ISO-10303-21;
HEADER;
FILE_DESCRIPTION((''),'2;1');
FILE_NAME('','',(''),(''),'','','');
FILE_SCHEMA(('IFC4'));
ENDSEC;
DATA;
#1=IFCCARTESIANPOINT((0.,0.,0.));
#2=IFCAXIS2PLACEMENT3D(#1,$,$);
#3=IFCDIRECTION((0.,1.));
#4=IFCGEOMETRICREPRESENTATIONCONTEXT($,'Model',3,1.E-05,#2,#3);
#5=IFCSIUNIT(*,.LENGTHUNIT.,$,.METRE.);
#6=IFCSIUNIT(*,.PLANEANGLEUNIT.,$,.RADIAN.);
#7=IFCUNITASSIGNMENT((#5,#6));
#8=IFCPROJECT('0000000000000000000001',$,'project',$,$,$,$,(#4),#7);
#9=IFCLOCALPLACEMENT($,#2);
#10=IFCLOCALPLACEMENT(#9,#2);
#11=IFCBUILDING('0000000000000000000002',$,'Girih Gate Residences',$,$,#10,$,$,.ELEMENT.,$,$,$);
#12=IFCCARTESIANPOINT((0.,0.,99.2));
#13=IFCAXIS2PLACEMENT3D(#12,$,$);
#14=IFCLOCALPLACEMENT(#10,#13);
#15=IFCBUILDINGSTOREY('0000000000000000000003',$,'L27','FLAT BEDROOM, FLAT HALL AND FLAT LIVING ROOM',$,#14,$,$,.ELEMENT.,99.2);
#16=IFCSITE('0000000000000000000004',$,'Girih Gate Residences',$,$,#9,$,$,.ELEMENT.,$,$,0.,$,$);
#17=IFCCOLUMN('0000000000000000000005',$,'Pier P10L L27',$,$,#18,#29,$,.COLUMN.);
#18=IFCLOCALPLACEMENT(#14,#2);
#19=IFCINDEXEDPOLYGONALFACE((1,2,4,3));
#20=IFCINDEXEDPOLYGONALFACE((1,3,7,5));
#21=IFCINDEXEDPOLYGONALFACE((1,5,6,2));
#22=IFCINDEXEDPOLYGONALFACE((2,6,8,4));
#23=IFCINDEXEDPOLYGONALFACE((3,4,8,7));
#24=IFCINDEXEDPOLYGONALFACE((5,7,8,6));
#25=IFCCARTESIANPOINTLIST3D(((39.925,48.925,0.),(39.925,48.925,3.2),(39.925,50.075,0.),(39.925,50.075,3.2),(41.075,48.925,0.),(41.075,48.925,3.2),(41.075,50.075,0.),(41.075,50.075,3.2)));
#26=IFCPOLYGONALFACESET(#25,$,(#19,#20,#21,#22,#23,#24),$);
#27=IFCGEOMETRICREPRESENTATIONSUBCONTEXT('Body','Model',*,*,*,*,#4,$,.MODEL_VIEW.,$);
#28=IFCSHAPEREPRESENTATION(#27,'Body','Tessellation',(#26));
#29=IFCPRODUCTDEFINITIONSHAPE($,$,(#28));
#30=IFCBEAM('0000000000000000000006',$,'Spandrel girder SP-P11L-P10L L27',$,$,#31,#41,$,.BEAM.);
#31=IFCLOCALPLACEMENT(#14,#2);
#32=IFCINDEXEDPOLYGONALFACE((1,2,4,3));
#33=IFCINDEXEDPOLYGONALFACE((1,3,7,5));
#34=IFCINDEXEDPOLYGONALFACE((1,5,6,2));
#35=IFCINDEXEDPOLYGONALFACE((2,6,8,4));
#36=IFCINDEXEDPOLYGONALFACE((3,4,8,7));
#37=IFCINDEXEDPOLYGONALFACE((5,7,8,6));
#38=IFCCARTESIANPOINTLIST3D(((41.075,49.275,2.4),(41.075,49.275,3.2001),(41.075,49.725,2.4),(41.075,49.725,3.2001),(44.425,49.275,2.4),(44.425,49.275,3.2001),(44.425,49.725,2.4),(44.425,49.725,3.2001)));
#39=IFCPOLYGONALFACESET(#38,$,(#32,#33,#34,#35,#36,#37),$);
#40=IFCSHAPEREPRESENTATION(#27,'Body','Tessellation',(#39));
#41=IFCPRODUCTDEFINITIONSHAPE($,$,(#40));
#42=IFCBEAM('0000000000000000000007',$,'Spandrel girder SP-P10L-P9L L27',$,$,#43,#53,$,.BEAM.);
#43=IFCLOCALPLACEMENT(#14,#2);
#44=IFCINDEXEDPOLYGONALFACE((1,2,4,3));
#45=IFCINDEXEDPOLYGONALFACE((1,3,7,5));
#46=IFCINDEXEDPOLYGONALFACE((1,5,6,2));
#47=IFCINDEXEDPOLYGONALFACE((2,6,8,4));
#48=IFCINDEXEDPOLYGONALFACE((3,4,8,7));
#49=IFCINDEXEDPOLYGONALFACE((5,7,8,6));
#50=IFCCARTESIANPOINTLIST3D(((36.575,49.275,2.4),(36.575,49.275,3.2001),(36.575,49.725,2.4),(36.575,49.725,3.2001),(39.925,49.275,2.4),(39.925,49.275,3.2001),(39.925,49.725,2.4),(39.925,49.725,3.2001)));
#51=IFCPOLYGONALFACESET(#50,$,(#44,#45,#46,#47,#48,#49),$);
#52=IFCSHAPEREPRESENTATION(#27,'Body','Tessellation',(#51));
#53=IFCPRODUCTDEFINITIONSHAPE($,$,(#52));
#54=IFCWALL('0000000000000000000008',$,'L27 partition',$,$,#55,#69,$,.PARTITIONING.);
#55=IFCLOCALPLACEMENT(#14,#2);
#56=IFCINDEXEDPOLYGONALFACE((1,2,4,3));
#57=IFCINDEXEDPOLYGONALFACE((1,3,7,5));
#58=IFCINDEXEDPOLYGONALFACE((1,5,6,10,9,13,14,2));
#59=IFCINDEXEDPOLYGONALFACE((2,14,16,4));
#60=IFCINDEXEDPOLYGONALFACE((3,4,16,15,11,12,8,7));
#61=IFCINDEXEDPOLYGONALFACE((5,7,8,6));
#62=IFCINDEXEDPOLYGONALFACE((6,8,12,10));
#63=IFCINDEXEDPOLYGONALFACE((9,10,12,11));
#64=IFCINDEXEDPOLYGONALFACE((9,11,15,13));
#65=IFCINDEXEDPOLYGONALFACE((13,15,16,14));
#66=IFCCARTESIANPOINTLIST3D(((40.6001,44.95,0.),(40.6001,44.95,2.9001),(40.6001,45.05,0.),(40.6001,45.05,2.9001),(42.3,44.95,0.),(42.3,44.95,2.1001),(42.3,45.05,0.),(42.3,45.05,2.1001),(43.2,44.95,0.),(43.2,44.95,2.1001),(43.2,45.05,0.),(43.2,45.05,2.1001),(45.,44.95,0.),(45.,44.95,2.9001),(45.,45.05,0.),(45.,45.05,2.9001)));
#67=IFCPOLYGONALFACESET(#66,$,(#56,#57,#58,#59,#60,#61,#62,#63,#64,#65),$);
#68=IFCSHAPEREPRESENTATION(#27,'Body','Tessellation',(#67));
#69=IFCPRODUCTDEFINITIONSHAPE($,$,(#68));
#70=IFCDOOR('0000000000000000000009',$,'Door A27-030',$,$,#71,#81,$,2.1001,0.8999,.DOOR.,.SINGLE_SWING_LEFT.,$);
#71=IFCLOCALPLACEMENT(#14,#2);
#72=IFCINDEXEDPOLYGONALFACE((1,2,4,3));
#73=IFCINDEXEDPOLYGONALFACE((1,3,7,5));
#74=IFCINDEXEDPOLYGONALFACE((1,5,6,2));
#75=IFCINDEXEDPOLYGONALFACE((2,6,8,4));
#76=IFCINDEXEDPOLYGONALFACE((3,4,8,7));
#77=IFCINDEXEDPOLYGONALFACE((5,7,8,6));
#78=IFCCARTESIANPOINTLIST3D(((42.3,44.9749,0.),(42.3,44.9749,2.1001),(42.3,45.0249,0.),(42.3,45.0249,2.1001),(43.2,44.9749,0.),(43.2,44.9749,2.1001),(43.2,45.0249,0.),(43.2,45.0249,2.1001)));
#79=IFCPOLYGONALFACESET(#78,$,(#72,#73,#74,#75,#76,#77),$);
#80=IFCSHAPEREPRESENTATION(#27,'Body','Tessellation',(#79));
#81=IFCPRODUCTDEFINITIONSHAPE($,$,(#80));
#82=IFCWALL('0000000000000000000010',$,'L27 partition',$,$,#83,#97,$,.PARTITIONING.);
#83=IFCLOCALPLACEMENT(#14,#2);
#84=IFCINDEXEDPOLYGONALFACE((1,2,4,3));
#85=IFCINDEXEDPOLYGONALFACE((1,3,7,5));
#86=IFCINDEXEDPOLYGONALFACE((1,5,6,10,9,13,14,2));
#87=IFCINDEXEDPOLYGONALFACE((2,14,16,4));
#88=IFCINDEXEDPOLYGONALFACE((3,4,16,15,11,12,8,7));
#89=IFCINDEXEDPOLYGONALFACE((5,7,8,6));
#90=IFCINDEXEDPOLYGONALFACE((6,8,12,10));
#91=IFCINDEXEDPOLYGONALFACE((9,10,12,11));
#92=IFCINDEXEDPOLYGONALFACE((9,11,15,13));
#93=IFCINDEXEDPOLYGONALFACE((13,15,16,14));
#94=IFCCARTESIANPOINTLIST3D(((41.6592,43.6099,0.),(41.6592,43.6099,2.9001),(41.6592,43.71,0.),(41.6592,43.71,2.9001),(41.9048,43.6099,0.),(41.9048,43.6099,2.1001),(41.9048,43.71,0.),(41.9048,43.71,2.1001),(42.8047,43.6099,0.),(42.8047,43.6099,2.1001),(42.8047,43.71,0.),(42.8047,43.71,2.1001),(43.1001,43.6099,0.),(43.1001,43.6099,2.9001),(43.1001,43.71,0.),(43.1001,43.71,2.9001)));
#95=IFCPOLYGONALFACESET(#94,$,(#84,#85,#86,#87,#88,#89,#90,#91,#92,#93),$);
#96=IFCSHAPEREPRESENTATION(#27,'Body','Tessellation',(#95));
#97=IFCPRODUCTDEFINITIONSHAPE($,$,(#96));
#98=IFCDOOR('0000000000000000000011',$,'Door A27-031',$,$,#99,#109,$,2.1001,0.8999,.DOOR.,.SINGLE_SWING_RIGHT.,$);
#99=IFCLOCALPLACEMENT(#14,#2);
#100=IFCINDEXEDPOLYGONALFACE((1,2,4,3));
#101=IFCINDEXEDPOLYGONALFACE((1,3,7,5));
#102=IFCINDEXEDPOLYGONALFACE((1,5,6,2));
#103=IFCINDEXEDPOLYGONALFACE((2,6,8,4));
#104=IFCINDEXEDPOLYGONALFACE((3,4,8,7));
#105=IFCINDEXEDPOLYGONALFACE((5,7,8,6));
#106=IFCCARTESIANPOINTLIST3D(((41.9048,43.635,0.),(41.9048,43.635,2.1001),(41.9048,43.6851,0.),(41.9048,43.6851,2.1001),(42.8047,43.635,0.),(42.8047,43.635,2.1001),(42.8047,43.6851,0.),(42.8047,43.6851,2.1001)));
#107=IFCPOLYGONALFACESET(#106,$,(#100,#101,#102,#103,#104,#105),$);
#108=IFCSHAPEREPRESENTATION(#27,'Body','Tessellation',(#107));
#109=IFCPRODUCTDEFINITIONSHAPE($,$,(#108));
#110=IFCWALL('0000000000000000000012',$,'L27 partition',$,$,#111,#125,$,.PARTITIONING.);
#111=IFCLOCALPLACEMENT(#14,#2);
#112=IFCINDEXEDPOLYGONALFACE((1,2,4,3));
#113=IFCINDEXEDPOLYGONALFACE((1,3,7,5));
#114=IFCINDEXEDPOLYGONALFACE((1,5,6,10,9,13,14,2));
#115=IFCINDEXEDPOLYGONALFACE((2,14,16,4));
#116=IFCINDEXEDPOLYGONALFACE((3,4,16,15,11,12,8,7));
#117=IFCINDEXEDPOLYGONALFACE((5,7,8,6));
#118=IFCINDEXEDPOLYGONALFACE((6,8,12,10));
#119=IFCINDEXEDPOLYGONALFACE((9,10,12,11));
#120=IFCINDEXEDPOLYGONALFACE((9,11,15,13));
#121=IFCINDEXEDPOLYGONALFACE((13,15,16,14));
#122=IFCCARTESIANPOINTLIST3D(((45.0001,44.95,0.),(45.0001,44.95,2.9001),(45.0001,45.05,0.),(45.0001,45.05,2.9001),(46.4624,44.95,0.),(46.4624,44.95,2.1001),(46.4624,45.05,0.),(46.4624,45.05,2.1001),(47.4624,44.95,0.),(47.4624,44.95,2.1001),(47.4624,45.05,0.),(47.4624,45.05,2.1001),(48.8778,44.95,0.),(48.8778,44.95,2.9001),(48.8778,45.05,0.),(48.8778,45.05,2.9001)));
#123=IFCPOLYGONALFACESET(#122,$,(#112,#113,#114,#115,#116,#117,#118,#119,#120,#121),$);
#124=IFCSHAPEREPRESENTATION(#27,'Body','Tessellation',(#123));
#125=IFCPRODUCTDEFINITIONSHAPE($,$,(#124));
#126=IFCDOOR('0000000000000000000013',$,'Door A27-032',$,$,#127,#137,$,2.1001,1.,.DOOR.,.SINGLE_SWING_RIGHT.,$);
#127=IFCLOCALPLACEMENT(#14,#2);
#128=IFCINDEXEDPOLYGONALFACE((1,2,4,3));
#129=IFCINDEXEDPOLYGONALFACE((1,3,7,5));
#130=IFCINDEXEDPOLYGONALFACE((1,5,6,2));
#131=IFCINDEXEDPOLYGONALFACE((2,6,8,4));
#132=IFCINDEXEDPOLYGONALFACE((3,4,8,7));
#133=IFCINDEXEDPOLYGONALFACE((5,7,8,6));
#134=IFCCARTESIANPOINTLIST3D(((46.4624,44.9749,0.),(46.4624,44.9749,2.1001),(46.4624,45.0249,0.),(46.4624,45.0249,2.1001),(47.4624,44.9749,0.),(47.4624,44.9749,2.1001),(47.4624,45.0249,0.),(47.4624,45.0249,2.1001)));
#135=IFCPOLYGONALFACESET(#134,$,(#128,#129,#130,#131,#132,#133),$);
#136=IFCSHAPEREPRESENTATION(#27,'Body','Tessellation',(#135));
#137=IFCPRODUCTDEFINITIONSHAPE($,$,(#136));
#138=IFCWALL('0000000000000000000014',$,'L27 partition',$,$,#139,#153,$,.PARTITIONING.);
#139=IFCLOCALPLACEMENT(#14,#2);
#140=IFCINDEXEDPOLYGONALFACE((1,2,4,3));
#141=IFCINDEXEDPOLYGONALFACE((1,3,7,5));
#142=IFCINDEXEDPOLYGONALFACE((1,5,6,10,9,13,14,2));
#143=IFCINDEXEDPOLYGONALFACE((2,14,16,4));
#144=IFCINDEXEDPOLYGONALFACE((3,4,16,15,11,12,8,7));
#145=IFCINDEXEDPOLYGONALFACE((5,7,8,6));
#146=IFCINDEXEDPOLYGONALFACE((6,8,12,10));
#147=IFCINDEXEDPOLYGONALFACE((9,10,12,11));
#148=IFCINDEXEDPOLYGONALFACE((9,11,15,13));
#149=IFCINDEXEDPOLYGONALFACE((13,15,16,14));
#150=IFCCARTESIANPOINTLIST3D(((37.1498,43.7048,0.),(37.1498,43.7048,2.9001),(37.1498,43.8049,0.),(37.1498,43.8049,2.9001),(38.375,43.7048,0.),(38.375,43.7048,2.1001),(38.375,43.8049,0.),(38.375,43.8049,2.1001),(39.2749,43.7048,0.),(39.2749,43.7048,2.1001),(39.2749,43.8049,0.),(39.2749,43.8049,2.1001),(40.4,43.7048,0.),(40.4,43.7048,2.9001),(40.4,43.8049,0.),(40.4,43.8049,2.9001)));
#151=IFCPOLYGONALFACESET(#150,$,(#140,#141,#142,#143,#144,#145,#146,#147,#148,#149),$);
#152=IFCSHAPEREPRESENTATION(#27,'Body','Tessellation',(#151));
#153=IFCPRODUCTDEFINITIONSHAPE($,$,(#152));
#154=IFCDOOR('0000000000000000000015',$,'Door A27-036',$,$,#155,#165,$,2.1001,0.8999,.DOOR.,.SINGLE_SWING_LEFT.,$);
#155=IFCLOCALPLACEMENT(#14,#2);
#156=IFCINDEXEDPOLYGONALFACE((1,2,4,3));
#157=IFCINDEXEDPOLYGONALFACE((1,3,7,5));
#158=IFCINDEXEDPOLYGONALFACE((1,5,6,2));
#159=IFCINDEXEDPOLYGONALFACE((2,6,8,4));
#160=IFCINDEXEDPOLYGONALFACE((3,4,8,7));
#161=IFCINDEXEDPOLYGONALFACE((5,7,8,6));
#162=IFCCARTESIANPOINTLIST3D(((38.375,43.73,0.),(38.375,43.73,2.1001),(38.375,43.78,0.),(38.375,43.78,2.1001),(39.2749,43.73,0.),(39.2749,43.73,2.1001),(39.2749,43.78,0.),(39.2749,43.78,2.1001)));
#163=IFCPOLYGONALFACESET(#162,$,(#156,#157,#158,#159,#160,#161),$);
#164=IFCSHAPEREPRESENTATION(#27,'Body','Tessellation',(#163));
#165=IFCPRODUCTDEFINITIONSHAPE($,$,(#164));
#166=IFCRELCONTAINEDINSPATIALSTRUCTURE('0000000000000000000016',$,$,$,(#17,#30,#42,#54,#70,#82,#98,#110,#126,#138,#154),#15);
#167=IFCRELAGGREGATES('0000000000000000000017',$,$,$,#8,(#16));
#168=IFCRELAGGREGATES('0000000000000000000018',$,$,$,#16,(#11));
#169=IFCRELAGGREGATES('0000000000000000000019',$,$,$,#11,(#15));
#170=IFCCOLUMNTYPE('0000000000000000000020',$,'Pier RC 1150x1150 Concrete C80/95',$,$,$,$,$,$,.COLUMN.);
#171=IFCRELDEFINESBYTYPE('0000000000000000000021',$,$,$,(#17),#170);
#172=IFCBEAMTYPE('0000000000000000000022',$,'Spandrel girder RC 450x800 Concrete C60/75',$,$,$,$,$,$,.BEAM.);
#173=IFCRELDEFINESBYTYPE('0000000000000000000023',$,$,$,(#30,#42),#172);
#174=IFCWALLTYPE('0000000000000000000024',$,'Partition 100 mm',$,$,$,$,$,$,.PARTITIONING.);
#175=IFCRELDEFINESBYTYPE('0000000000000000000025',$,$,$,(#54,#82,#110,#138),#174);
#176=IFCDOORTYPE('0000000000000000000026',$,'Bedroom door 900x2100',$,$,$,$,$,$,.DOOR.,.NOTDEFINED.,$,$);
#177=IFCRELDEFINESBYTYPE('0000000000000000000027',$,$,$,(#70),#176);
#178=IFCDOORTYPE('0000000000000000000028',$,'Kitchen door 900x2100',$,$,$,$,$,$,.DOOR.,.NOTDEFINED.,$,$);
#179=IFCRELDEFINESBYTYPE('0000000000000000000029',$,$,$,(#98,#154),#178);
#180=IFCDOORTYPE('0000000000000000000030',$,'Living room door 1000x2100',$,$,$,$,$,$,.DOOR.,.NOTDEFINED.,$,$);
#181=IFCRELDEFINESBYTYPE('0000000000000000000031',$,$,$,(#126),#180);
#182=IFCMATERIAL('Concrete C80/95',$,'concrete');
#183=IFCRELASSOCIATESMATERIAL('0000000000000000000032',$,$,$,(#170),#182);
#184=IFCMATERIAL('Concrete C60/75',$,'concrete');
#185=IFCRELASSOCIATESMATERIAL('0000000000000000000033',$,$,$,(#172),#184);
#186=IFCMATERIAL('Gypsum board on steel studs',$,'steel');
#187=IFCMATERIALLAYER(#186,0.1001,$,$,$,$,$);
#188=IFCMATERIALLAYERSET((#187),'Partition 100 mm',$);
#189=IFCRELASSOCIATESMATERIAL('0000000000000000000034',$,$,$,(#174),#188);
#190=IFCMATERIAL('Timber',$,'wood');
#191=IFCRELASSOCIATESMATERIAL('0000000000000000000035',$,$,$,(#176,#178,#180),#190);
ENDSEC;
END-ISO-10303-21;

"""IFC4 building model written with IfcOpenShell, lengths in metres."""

from ifc_helpers import new_model, si_unit, direction, frame, frame_2d, origin, origin_2d, place, context, subcontext, project, spatial, rectangle, extrude, material, layer, layer_set, material_profile, profile_set, type_object, element, fill, save


model = new_model("IFC4")

# Units and contexts
model_context = context("Model", 3, precision=1e-05, world=origin(), true_north=direction((0.0, 1.0)))
body_context = subcontext(model_context, "Body", "Model", "MODEL_VIEW")
ifc_project = project(units=[si_unit("LENGTHUNIT", "METRE"), si_unit("PLANEANGLEUNIT", "RADIAN")], contexts=[model_context])

# Site, building, storey
site_placement = place(None, origin())
site = spatial("IfcSite", under=ifc_project, at=site_placement, Name="Girih Gate Residences", CompositionType="ELEMENT", RefElevation=0.0)
building_placement = place(site_placement, origin())
building = spatial("IfcBuilding", under=site, at=building_placement, Name="Girih Gate Residences", CompositionType="ELEMENT")
storey_placement = place(building_placement, frame((0.0, 0.0, 99.2)))
storey = spatial("IfcBuildingStorey", under=building, at=storey_placement, Name="L27", Description="FLAT BEDROOM, FLAT HALL AND FLAT LIVING ROOM", CompositionType="ELEMENT", Elevation=99.2)

# Column
ifc_material_1 = material(Name="Concrete C80/95", Category="concrete")
ifc_material_profile_1 = material_profile(ifc_material_1, rectangle(XDim=1.1499, YDim=1.1499, at=origin_2d()))
ifc_profile_set_1 = profile_set([ifc_material_profile_1], Name="Concrete C80/95")
column_type = type_object("IfcColumnType", Name="Pier RC 1150x1150 Concrete C80/95", PredefinedType="COLUMN", material=ifc_profile_set_1)
column_placement = place(storey_placement, frame((40.5, 49.5, 0.0), z_axis=(0.0, 0.0, 1.0), x_axis=(1.0, 0.0, 0.0)))
element("IfcColumn", 1, at=column_placement, inside=storey, type_object=column_type, Name="Pier P10L L27", PredefinedType="COLUMN", context=body_context, shape_type="SweptSolid", body=[
    extrude(rectangle(XDim=1.1499, YDim=1.1499, at=origin_2d()), origin(), (0.0, 0.0, 1.0), 3.2),
])

# Beams
ifc_material_2 = material(Name="Concrete C60/75", Category="concrete")
ifc_material_profile_2 = material_profile(ifc_material_2, rectangle(XDim=0.45, YDim=0.8, at=origin_2d()))
ifc_profile_set_2 = profile_set([ifc_material_profile_2], Name="Concrete C60/75")
beam_type = type_object("IfcBeamType", Name="Spandrel girder RC 450x800 Concrete C60/75", PredefinedType="BEAM", material=ifc_profile_set_2)
for number, where, z_axis, x_axis, name in (
    (2, (44.425, 49.5, 2.8), (-1.0, 0.0, 0.0), (0.0, -1.0, 0.0), "Spandrel girder SP-P11L-P10L L27"),
    (3, (39.925, 49.5, 2.8), (-1.0, 0.0, 0.0), (0.0, -1.0, 0.0), "Spandrel girder SP-P10L-P9L L27"),
):
    element("IfcBeam", number, at=place(storey_placement, frame(where, z_axis=z_axis, x_axis=x_axis)), inside=storey, type_object=beam_type, Name=name, PredefinedType="BEAM", context=body_context, shape_type="SweptSolid", body=[
        extrude(rectangle(XDim=0.45, YDim=0.8, at=origin_2d()), origin(), (0.0, 0.0, 1.0), 3.3501),
    ])

# Walls, openings, doors
ifc_material_3 = material(Name="Gypsum board on steel studs", Category="steel")
ifc_layer_1 = layer(ifc_material_3, 0.1001)
ifc_layer_set_1 = layer_set([ifc_layer_1], Name="Partition 100 mm")
wall_type_1 = type_object("IfcWallType", Name="Partition 100 mm", PredefinedType="PARTITIONING", material=ifc_layer_set_1)
wall_1_placement = place(storey_placement, frame((40.6001, 45.0, 0.0), z_axis=(0.0, 0.0, 1.0), x_axis=(1.0, 0.0, 0.0)))
wall_1 = element("IfcWall", 4, at=wall_1_placement, inside=storey, type_object=wall_type_1, Name="L27 partition", PredefinedType="PARTITIONING", context=body_context, shape_type="SweptSolid", body=[
    extrude(rectangle(XDim=4.3999, YDim=0.1001, at=frame_2d((2.2, 0.0))), origin(), (0.0, 0.0, 1.0), 2.9001),
])
opening_1_placement = place(wall_1_placement, frame((1.7, 0.0, 0.0)))
opening_1 = element("IfcOpeningElement", 5, at=opening_1_placement, cuts=wall_1, PredefinedType="OPENING", context=body_context, shape_type="SweptSolid", body=[
    extrude(rectangle(XDim=0.8999, YDim=2.1001, at=frame_2d((0.45, 1.05))), frame((0.0, 0.0601, 0.0), z_axis=(0.0, -1.0, 0.0), x_axis=(1.0, 0.0, 0.0)), (0.0, 0.0, 1.0), 0.1201),
])
ifc_material_4 = material(Name="Timber", Category="wood")
door_type_1 = type_object("IfcDoorType", Name="Bedroom door 900x2100", OperationType="NOTDEFINED", PredefinedType="DOOR", material=ifc_material_4)
door_1_placement = place(opening_1_placement, origin())
door_1 = element("IfcDoor", 6, at=door_1_placement, inside=storey, type_object=door_type_1, Name="Door A27-030", OperationType="SINGLE_SWING_LEFT", OverallHeight=2.1001, OverallWidth=0.8999, PredefinedType="DOOR", context=body_context, shape_type="SweptSolid", body=[
    extrude(rectangle(XDim=0.8999, YDim=2.1001, at=frame_2d((0.45, 1.05))), frame((0.0, 0.0249, 0.0), z_axis=(0.0, -1.0, 0.0), x_axis=(1.0, 0.0, 0.0)), (0.0, 0.0, 1.0), 0.05),
])
fill(opening_1, door_1)
wall_2_placement = place(storey_placement, frame((43.1001, 43.6599, 0.0), z_axis=(0.0, 0.0, 1.0), x_axis=(-1.0, 0.0, 0.0)))
wall_2 = element("IfcWall", 7, at=wall_2_placement, inside=storey, type_object=wall_type_1, Name="L27 partition", PredefinedType="PARTITIONING", context=body_context, shape_type="SweptSolid", body=[
    extrude(rectangle(XDim=1.4409, YDim=0.1001, at=frame_2d((0.7205, 0.0))), origin(), (0.0, 0.0, 1.0), 2.9001),
])
opening_2_placement = place(wall_2_placement, frame((0.2954, 0.0, 0.0)))
opening_2 = element("IfcOpeningElement", 8, at=opening_2_placement, cuts=wall_2, PredefinedType="OPENING", context=body_context, shape_type="SweptSolid", body=[
    extrude(rectangle(XDim=0.8999, YDim=2.1001, at=frame_2d((0.45, 1.05))), frame((0.0, 0.0601, 0.0), z_axis=(0.0, -1.0, 0.0), x_axis=(1.0, 0.0, 0.0)), (0.0, 0.0, 1.0), 0.1201),
])
door_type_2 = type_object("IfcDoorType", Name="Kitchen door 900x2100", OperationType="NOTDEFINED", PredefinedType="DOOR", material=ifc_material_4)
door_2_placement = place(opening_2_placement, origin())
door_2 = element("IfcDoor", 9, at=door_2_placement, inside=storey, type_object=door_type_2, Name="Door A27-031", OperationType="SINGLE_SWING_RIGHT", OverallHeight=2.1001, OverallWidth=0.8999, PredefinedType="DOOR", context=body_context, shape_type="SweptSolid", body=[
    extrude(rectangle(XDim=0.8999, YDim=2.1001, at=frame_2d((0.45, 1.05))), frame((0.0, 0.0249, 0.0), z_axis=(0.0, -1.0, 0.0), x_axis=(1.0, 0.0, 0.0)), (0.0, 0.0, 1.0), 0.05),
])
fill(opening_2, door_2)
wall_3_placement = place(storey_placement, frame((45.0, 45.0, 0.0), z_axis=(0.0, 0.0, 1.0), x_axis=(1.0, 0.0, 0.0)))
wall_3 = element("IfcWall", 10, at=wall_3_placement, inside=storey, type_object=wall_type_1, Name="L27 partition", PredefinedType="PARTITIONING", context=body_context, shape_type="SweptSolid", body=[
    extrude(rectangle(XDim=3.8777, YDim=0.1001, at=frame_2d((1.939, 0.0))), origin(), (0.0, 0.0, 1.0), 2.9001),
])
opening_3_placement = place(wall_3_placement, frame((1.4624, 0.0, 0.0)))
opening_3 = element("IfcOpeningElement", 11, at=opening_3_placement, cuts=wall_3, PredefinedType="OPENING", context=body_context, shape_type="SweptSolid", body=[
    extrude(rectangle(XDim=1.0, YDim=2.1001, at=frame_2d((0.5, 1.05))), frame((0.0, 0.0601, 0.0), z_axis=(0.0, -1.0, 0.0), x_axis=(1.0, 0.0, 0.0)), (0.0, 0.0, 1.0), 0.1201),
])
door_type_3 = type_object("IfcDoorType", Name="Living room door 1000x2100", OperationType="NOTDEFINED", PredefinedType="DOOR", material=ifc_material_4)
door_3_placement = place(opening_3_placement, origin())
door_3 = element("IfcDoor", 12, at=door_3_placement, inside=storey, type_object=door_type_3, Name="Door A27-032", OperationType="SINGLE_SWING_RIGHT", OverallHeight=2.1001, OverallWidth=1.0, PredefinedType="DOOR", context=body_context, shape_type="SweptSolid", body=[
    extrude(rectangle(XDim=1.0, YDim=2.1001, at=frame_2d((0.5, 1.05))), frame((0.0, 0.0249, 0.0), z_axis=(0.0, -1.0, 0.0), x_axis=(1.0, 0.0, 0.0)), (0.0, 0.0, 1.0), 0.05),
])
fill(opening_3, door_3)
wall_4_placement = place(storey_placement, frame((40.3999, 43.7549, 0.0), z_axis=(0.0, 0.0, 1.0), x_axis=(-1.0, 0.0, 0.0)))
wall_4 = element("IfcWall", 13, at=wall_4_placement, inside=storey, type_object=wall_type_1, Name="L27 partition", PredefinedType="PARTITIONING", context=body_context, shape_type="SweptSolid", body=[
    extrude(rectangle(XDim=3.2502, YDim=0.1001, at=frame_2d((1.625, 0.0))), origin(), (0.0, 0.0, 1.0), 2.9001),
])
opening_4_placement = place(wall_4_placement, frame((1.125, 0.0, 0.0)))
opening_4 = element("IfcOpeningElement", 14, at=opening_4_placement, cuts=wall_4, PredefinedType="OPENING", context=body_context, shape_type="SweptSolid", body=[
    extrude(rectangle(XDim=0.8999, YDim=2.1001, at=frame_2d((0.45, 1.05))), frame((0.0, 0.0601, 0.0), z_axis=(0.0, -1.0, 0.0), x_axis=(1.0, 0.0, 0.0)), (0.0, 0.0, 1.0), 0.1201),
])
door_4_placement = place(opening_4_placement, origin())
door_4 = element("IfcDoor", 15, at=door_4_placement, inside=storey, type_object=door_type_2, Name="Door A27-036", OperationType="SINGLE_SWING_LEFT", OverallHeight=2.1001, OverallWidth=0.8999, PredefinedType="DOOR", context=body_context, shape_type="SweptSolid", body=[
    extrude(rectangle(XDim=0.8999, YDim=2.1001, at=frame_2d((0.45, 1.05))), frame((0.0, 0.0249, 0.0), z_axis=(0.0, -1.0, 0.0), x_axis=(1.0, 0.0, 0.0)), (0.0, 0.0, 1.0), 0.05),
])
fill(opening_4, door_4)

save(model, "model.ifc")
